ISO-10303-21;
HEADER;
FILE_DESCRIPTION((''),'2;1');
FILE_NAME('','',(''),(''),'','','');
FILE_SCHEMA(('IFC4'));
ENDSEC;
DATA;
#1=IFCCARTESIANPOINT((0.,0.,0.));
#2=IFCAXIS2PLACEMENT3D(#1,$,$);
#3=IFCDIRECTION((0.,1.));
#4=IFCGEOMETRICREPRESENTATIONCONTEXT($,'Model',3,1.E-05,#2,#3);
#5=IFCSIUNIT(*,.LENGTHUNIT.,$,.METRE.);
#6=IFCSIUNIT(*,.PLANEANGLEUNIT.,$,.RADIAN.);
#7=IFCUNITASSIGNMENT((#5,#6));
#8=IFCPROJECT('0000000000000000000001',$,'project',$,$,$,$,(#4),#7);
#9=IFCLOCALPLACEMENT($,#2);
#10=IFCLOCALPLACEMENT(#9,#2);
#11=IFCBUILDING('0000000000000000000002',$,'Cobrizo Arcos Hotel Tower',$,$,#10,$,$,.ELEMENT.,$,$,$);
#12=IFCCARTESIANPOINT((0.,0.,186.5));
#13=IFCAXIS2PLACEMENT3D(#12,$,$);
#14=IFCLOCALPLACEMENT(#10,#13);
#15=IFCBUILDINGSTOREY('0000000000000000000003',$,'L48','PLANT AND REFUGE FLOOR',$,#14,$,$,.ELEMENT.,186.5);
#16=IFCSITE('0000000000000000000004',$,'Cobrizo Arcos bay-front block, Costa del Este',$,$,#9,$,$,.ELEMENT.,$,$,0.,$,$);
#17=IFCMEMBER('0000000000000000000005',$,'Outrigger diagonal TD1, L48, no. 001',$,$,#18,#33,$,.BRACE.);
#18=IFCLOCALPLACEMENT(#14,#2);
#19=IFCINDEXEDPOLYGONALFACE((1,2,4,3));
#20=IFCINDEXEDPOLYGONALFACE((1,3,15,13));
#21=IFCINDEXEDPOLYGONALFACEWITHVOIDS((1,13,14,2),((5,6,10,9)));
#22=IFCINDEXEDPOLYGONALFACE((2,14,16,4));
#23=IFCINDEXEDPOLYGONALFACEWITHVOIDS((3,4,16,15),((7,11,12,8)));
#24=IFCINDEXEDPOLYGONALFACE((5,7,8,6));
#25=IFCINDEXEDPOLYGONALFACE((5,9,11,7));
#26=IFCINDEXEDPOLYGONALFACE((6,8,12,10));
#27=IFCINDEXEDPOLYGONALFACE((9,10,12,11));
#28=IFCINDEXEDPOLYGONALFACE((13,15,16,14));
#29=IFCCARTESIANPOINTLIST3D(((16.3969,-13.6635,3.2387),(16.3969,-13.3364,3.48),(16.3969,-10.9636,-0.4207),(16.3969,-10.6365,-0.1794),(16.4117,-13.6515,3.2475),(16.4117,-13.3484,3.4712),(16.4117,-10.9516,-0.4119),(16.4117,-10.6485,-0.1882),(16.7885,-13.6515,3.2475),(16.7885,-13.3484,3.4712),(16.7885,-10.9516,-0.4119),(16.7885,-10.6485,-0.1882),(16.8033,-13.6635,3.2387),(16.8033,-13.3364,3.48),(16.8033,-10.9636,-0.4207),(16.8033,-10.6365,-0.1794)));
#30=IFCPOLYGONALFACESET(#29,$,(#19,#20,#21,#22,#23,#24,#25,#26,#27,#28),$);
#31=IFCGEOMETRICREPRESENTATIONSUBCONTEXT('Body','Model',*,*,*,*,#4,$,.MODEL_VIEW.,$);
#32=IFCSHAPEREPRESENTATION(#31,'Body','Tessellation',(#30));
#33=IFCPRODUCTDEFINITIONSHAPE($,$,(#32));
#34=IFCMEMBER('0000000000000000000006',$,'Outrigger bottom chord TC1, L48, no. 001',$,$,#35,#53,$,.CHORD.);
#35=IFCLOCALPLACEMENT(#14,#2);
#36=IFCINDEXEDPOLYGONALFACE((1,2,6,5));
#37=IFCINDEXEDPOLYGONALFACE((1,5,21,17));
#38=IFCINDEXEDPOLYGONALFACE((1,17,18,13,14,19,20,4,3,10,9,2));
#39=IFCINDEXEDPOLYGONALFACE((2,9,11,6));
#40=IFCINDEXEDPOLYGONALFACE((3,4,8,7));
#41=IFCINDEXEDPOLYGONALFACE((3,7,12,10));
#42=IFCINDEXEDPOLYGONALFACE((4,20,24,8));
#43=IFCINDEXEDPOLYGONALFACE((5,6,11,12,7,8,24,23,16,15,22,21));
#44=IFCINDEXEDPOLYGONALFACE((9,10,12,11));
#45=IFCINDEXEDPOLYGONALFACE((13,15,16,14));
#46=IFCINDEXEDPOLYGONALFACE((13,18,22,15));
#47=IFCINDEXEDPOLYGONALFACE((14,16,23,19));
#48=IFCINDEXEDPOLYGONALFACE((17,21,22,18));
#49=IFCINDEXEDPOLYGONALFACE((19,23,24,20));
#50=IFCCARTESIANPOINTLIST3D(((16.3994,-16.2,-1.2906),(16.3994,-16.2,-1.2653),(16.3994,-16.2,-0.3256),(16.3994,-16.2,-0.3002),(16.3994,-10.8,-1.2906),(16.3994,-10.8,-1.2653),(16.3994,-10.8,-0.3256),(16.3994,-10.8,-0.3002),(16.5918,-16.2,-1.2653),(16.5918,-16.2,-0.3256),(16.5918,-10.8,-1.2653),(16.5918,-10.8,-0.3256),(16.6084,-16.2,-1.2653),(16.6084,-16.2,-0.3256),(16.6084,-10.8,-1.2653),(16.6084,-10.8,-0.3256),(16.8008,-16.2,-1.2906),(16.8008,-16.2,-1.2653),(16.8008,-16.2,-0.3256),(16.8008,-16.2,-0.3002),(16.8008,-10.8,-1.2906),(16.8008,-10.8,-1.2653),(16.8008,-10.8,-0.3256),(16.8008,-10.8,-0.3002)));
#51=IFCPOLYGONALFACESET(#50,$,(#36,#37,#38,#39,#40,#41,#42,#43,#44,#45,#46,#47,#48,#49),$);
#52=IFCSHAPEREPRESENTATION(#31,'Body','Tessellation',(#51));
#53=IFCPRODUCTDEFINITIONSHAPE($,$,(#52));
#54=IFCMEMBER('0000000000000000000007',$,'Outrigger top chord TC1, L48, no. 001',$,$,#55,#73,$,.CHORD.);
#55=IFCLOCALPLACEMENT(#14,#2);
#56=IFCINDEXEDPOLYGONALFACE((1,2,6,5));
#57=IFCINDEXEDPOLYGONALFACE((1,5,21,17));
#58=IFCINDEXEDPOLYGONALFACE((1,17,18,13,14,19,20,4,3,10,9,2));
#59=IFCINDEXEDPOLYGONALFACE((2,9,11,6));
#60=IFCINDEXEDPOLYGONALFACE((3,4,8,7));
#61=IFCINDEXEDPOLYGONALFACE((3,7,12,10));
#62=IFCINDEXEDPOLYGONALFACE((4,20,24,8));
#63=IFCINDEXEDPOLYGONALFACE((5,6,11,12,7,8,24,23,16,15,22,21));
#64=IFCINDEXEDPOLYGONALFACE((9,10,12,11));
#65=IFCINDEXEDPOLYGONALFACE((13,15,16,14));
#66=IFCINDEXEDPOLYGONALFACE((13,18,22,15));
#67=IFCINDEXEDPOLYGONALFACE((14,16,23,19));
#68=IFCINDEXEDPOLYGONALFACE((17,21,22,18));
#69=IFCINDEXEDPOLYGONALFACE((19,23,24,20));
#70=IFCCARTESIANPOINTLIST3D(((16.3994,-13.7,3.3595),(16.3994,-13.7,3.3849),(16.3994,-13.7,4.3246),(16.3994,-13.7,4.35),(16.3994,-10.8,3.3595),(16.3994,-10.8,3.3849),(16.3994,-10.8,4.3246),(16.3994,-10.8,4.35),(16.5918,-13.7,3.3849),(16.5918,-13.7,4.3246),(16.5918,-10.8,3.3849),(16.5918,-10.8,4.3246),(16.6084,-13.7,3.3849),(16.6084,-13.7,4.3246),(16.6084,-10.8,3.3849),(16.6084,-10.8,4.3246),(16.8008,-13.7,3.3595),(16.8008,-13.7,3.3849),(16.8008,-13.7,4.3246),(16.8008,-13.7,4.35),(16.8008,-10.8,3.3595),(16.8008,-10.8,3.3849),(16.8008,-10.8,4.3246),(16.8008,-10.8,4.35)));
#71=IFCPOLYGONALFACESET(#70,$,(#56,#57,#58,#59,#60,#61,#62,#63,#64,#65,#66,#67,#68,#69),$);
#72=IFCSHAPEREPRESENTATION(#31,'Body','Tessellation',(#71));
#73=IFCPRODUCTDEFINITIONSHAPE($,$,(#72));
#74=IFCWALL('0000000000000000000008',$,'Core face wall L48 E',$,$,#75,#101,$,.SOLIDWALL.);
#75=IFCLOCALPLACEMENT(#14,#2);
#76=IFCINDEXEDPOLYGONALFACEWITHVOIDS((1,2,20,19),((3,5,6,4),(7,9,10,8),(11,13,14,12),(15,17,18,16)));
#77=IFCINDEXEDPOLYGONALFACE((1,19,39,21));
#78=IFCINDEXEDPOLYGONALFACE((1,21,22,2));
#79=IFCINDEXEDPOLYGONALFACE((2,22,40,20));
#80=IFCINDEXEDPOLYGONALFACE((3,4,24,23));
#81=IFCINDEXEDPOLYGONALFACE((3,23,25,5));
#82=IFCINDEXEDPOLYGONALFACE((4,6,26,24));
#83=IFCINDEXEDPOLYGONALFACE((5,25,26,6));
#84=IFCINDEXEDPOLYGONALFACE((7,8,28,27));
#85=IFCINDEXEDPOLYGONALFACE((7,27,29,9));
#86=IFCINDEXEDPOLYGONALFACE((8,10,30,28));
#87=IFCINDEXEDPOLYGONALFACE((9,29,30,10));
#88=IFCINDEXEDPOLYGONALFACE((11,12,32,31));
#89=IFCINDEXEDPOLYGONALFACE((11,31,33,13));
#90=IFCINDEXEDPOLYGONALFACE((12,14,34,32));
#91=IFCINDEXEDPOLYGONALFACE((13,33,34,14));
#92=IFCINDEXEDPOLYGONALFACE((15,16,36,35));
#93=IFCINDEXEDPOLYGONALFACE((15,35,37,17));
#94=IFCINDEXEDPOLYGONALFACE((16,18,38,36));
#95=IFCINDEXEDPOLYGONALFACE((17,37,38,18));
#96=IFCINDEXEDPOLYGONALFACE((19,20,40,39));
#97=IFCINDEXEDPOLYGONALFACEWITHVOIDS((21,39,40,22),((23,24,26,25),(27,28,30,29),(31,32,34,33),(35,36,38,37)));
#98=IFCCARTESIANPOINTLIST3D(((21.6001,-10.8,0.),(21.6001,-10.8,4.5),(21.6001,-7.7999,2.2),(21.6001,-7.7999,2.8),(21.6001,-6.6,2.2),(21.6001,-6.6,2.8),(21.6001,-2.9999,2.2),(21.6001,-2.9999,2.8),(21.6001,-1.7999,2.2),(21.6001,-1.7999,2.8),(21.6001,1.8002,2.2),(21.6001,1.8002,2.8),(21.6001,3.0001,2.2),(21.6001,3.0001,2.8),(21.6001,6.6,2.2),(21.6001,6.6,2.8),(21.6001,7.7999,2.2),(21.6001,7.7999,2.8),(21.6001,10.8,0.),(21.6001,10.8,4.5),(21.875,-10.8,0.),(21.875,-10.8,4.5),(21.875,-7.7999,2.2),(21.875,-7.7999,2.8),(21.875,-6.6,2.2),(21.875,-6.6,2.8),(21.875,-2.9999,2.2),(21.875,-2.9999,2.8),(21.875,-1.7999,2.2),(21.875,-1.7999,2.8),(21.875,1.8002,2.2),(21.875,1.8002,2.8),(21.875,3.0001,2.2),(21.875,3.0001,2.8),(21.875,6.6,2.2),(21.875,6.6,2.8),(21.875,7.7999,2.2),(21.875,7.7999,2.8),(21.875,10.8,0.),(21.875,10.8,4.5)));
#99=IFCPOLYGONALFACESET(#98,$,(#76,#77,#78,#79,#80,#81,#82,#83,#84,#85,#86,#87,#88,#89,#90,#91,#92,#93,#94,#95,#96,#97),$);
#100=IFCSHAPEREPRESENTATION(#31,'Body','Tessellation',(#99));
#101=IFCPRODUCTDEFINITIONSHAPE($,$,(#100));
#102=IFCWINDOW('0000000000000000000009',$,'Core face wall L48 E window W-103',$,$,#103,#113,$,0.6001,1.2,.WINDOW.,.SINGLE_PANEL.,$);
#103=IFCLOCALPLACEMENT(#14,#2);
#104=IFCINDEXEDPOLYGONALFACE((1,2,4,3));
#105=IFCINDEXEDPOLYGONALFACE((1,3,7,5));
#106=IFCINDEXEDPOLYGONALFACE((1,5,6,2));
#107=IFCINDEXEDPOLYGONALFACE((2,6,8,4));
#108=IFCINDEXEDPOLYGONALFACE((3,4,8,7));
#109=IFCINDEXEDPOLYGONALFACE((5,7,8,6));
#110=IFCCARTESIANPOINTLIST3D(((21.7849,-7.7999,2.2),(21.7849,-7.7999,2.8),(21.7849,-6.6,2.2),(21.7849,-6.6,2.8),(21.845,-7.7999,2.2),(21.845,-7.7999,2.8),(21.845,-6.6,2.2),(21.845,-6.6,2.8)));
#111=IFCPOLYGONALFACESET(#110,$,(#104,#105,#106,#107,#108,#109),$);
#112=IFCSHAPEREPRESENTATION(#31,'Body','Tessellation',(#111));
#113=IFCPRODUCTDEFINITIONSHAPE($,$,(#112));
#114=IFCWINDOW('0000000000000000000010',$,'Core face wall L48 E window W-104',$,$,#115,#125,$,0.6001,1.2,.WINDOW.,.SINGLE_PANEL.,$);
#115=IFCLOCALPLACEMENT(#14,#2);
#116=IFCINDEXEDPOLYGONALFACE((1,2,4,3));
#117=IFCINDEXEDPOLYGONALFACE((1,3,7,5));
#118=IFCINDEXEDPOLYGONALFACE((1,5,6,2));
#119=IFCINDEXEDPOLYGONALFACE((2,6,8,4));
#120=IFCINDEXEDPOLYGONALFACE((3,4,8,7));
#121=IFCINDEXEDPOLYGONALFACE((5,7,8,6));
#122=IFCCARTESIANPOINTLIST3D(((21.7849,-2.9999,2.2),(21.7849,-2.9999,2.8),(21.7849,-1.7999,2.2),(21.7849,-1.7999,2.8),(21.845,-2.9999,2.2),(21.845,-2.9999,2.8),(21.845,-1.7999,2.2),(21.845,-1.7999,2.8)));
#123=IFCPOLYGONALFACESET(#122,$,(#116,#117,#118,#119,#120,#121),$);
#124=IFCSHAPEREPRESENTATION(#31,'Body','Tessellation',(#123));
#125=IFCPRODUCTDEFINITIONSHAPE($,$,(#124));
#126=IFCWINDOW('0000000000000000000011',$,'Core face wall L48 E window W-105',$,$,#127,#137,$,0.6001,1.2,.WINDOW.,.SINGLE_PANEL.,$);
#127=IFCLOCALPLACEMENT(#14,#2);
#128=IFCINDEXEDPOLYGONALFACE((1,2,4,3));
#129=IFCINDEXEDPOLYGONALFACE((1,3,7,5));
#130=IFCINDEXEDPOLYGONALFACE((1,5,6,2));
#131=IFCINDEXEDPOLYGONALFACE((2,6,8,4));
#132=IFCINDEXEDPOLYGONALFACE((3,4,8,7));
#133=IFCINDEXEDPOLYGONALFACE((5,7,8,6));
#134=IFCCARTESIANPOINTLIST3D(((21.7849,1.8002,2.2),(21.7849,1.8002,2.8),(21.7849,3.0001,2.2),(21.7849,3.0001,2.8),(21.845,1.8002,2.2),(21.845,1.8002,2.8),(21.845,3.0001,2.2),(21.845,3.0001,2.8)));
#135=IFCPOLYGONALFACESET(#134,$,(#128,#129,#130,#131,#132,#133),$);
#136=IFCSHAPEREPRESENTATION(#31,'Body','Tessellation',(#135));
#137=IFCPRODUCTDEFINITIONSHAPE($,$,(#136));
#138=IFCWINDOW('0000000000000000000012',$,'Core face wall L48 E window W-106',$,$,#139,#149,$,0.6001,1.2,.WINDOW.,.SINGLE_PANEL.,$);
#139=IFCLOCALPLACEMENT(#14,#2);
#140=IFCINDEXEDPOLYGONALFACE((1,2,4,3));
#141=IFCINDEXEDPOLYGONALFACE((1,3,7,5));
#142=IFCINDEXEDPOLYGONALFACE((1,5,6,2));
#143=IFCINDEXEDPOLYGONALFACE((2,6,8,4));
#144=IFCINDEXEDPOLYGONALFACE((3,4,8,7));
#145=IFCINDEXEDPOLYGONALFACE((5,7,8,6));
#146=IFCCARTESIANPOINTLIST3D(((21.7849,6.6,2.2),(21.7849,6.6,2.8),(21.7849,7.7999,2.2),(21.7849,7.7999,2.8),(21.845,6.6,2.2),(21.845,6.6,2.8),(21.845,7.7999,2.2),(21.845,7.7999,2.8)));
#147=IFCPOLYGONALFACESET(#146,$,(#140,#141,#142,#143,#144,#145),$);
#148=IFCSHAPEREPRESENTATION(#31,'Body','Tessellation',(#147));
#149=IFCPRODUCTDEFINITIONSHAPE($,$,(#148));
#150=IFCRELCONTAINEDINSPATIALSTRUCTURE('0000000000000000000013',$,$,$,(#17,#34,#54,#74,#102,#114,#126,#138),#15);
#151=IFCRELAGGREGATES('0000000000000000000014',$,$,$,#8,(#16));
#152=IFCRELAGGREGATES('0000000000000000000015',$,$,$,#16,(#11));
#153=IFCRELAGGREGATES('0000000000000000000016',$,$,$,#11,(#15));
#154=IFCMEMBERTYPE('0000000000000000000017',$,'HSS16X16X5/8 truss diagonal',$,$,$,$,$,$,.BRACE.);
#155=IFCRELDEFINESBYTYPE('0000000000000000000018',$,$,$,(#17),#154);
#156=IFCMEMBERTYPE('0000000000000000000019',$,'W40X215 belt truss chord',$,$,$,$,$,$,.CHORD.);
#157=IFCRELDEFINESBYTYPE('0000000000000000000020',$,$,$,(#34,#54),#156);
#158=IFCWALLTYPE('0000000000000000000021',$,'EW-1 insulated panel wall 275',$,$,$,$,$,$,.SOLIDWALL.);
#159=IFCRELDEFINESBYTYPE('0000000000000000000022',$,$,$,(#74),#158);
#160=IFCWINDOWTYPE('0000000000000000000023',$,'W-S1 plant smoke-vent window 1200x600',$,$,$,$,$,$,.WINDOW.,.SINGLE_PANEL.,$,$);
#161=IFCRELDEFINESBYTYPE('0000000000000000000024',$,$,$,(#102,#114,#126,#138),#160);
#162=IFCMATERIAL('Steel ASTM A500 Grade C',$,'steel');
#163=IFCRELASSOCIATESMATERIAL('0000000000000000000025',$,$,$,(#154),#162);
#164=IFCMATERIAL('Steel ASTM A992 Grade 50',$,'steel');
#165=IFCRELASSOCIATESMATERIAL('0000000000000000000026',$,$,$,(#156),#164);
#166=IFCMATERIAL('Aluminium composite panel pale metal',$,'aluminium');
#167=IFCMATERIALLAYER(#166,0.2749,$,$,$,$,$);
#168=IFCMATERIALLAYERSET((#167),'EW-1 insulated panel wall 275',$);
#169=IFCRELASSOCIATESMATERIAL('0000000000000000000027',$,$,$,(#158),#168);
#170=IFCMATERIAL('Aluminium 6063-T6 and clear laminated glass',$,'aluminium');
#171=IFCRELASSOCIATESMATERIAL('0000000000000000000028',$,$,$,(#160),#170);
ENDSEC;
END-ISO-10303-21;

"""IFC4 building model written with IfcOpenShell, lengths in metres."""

from ifc_helpers import new_model, si_unit, direction, frame, frame_2d, origin, origin_2d, place, context, subcontext, project, spatial, rectangle, hollow_rectangle, i_section, extrude, material, layer, layer_set, material_profile, profile_set, type_object, element, fill, save


model = new_model("IFC4")

# Units and contexts
model_context = context("Model", 3, precision=1e-05, world=origin(), true_north=direction((0.0, 1.0)))
body_context = subcontext(model_context, "Body", "Model", "MODEL_VIEW")
ifc_project = project(units=[si_unit("LENGTHUNIT", "METRE"), si_unit("PLANEANGLEUNIT", "RADIAN")], contexts=[model_context])

# Site, building, storey
site_placement = place(None, origin())
site = spatial("IfcSite", under=ifc_project, at=site_placement, Name="Cobrizo Arcos bay-front block, Costa del Este", CompositionType="ELEMENT", RefElevation=0.0)
building_placement = place(site_placement, origin())
building = spatial("IfcBuilding", under=site, at=building_placement, Name="Cobrizo Arcos Hotel Tower", CompositionType="ELEMENT")
storey_placement = place(building_placement, frame((0.0, 0.0, 186.5)))
storey = spatial("IfcBuildingStorey", under=building, at=storey_placement, Name="L48", Description="PLANT AND REFUGE FLOOR", CompositionType="ELEMENT", Elevation=186.5)

# Members
ifc_material_1 = material(Name="Steel ASTM A500 Grade C", Category="steel")
ifc_material_profile_1 = material_profile(ifc_material_1, hollow_rectangle(XDim=0.4065, YDim=0.4065, WallThickness=0.0149, at=origin_2d()), Name="HSS16X16X5/8")
ifc_profile_set_1 = profile_set([ifc_material_profile_1], Name="Steel ASTM A500 Grade C")
member_type_1 = type_object("IfcMemberType", Name="HSS16X16X5/8 truss diagonal", PredefinedType="BRACE", material=ifc_profile_set_1)
member_1_placement = place(storey_placement, frame((16.6001, -10.8, -0.3), z_axis=(0.0, -0.593703, 0.804685), x_axis=(1.0, 0.0, 0.0)))
element("IfcMember", 1, at=member_1_placement, inside=storey, type_object=member_type_1, Name="Outrigger diagonal TD1, L48, no. 001", PredefinedType="BRACE", context=body_context, shape_type="SweptSolid", body=[
    extrude(hollow_rectangle(XDim=0.4065, YDim=0.4065, WallThickness=0.0149, at=origin_2d()), origin(), (0.0, 0.0, 1.0), 4.5476),
])
ifc_material_2 = material(Name="Steel ASTM A992 Grade 50", Category="steel")
ifc_material_profile_2 = material_profile(ifc_material_2, i_section(OverallWidth=0.4014, OverallDepth=0.9905, WebThickness=0.0166, FlangeThickness=0.0254, at=origin_2d()), Name="W40X215")
ifc_profile_set_2 = profile_set([ifc_material_profile_2], Name="Steel ASTM A992 Grade 50")
member_type_2 = type_object("IfcMemberType", Name="W40X215 belt truss chord", PredefinedType="CHORD", material=ifc_profile_set_2)
member_2_placement = place(storey_placement, frame((16.6001, -10.8, -0.7954), z_axis=(0.0, -1.0, 0.0), x_axis=(1.0, 0.0, 0.0)))
element("IfcMember", 2, at=member_2_placement, inside=storey, type_object=member_type_2, Name="Outrigger bottom chord TC1, L48, no. 001", PredefinedType="CHORD", context=body_context, shape_type="SweptSolid", body=[
    extrude(i_section(OverallWidth=0.4014, OverallDepth=0.9905, WebThickness=0.0166, FlangeThickness=0.0254, at=origin_2d()), origin(), (0.0, 0.0, 1.0), 5.3999),
])
member_3_placement = place(storey_placement, frame((16.6001, -10.8, 3.8547), z_axis=(0.0, -1.0, 0.0), x_axis=(1.0, 0.0, 0.0)))
element("IfcMember", 3, at=member_3_placement, inside=storey, type_object=member_type_2, Name="Outrigger top chord TC1, L48, no. 001", PredefinedType="CHORD", context=body_context, shape_type="SweptSolid", body=[
    extrude(i_section(OverallWidth=0.4014, OverallDepth=0.9905, WebThickness=0.0166, FlangeThickness=0.0254, at=origin_2d()), origin(), (0.0, 0.0, 1.0), 2.8999),
])

# Wall, openings, windows
ifc_material_3 = material(Name="Aluminium composite panel pale metal", Category="aluminium")
ifc_layer_1 = layer(ifc_material_3, 0.2749)
ifc_layer_set_1 = layer_set([ifc_layer_1], Name="EW-1 insulated panel wall 275")
wall_type_1 = type_object("IfcWallType", Name="EW-1 insulated panel wall 275", PredefinedType="SOLIDWALL", material=ifc_layer_set_1)
wall_1_placement = place(storey_placement, frame((21.7375, -10.8, 0.0), z_axis=(0.0, 0.0, 1.0), x_axis=(0.0, 1.0, 0.0)))
wall_1 = element("IfcWall", 4, at=wall_1_placement, inside=storey, type_object=wall_type_1, Name="Core face wall L48 E", PredefinedType="SOLIDWALL", context=body_context, shape_type="SweptSolid", body=[
    extrude(rectangle(XDim=21.6001, YDim=0.2749, at=frame_2d((10.8, 0.0))), origin(), (0.0, 0.0, 1.0), 4.5),
])
opening_1_placement = place(wall_1_placement, frame((3.0, 0.0, 2.2)))
opening_1 = element("IfcOpeningElement", 5, at=opening_1_placement, cuts=wall_1, PredefinedType="OPENING", context=body_context, shape_type="SweptSolid", body=[
    extrude(rectangle(XDim=1.2, YDim=0.6001, at=frame_2d((0.6001, 0.3))), frame((0.0, 0.1494, 0.0), z_axis=(0.0, -1.0, 0.0), x_axis=(1.0, 0.0, 0.0)), (0.0, 0.0, 1.0), 0.2988),
])
opening_2_placement = place(wall_1_placement, frame((7.8, 0.0, 2.2)))
opening_2 = element("IfcOpeningElement", 6, at=opening_2_placement, cuts=wall_1, PredefinedType="OPENING", context=body_context, shape_type="SweptSolid", body=[
    extrude(rectangle(XDim=1.2, YDim=0.6001, at=frame_2d((0.6001, 0.3))), frame((0.0, 0.1494, 0.0), z_axis=(0.0, -1.0, 0.0), x_axis=(1.0, 0.0, 0.0)), (0.0, 0.0, 1.0), 0.2988),
])
opening_3_placement = place(wall_1_placement, frame((12.6001, 0.0, 2.2)))
opening_3 = element("IfcOpeningElement", 7, at=opening_3_placement, cuts=wall_1, PredefinedType="OPENING", context=body_context, shape_type="SweptSolid", body=[
    extrude(rectangle(XDim=1.2, YDim=0.6001, at=frame_2d((0.6001, 0.3))), frame((0.0, 0.1494, 0.0), z_axis=(0.0, -1.0, 0.0), x_axis=(1.0, 0.0, 0.0)), (0.0, 0.0, 1.0), 0.2988),
])
opening_4_placement = place(wall_1_placement, frame((17.3999, 0.0, 2.2)))
opening_4 = element("IfcOpeningElement", 8, at=opening_4_placement, cuts=wall_1, PredefinedType="OPENING", context=body_context, shape_type="SweptSolid", body=[
    extrude(rectangle(XDim=1.2, YDim=0.6001, at=frame_2d((0.6001, 0.3))), frame((0.0, 0.1494, 0.0), z_axis=(0.0, -1.0, 0.0), x_axis=(1.0, 0.0, 0.0)), (0.0, 0.0, 1.0), 0.2988),
])
ifc_material_4 = material(Name="Aluminium 6063-T6 and clear laminated glass", Category="aluminium")
window_type = type_object("IfcWindowType", Name="W-S1 plant smoke-vent window 1200x600", PartitioningType="SINGLE_PANEL", PredefinedType="WINDOW", material=ifc_material_4)
window_1_placement = place(opening_1_placement, origin())
window_1 = element("IfcWindow", 9, at=window_1_placement, inside=storey, type_object=window_type, Name="Core face wall L48 E window W-103", OverallHeight=0.6001, OverallWidth=1.2, PartitioningType="SINGLE_PANEL", PredefinedType="WINDOW", context=body_context, shape_type="SweptSolid", body=[
    extrude(rectangle(XDim=1.2, YDim=0.6001, at=frame_2d((0.6001, 0.3))), frame((0.0, -0.0474, 0.0), z_axis=(0.0, -1.0, 0.0), x_axis=(1.0, 0.0, 0.0)), (0.0, 0.0, 1.0), 0.0601),
])
fill(opening_1, window_1)
window_2_placement = place(opening_2_placement, origin())
window_2 = element("IfcWindow", 10, at=window_2_placement, inside=storey, type_object=window_type, Name="Core face wall L48 E window W-104", OverallHeight=0.6001, OverallWidth=1.2, PartitioningType="SINGLE_PANEL", PredefinedType="WINDOW", context=body_context, shape_type="SweptSolid", body=[
    extrude(rectangle(XDim=1.2, YDim=0.6001, at=frame_2d((0.6001, 0.3))), frame((0.0, -0.0474, 0.0), z_axis=(0.0, -1.0, 0.0), x_axis=(1.0, 0.0, 0.0)), (0.0, 0.0, 1.0), 0.0601),
])
fill(opening_2, window_2)
window_3_placement = place(opening_3_placement, origin())
window_3 = element("IfcWindow", 11, at=window_3_placement, inside=storey, type_object=window_type, Name="Core face wall L48 E window W-105", OverallHeight=0.6001, OverallWidth=1.2, PartitioningType="SINGLE_PANEL", PredefinedType="WINDOW", context=body_context, shape_type="SweptSolid", body=[
    extrude(rectangle(XDim=1.2, YDim=0.6001, at=frame_2d((0.6001, 0.3))), frame((0.0, -0.0474, 0.0), z_axis=(0.0, -1.0, 0.0), x_axis=(1.0, 0.0, 0.0)), (0.0, 0.0, 1.0), 0.0601),
])
fill(opening_3, window_3)
window_4_placement = place(opening_4_placement, origin())
window_4 = element("IfcWindow", 12, at=window_4_placement, inside=storey, type_object=window_type, Name="Core face wall L48 E window W-106", OverallHeight=0.6001, OverallWidth=1.2, PartitioningType="SINGLE_PANEL", PredefinedType="WINDOW", context=body_context, shape_type="SweptSolid", body=[
    extrude(rectangle(XDim=1.2, YDim=0.6001, at=frame_2d((0.6001, 0.3))), frame((0.0, -0.0474, 0.0), z_axis=(0.0, -1.0, 0.0), x_axis=(1.0, 0.0, 0.0)), (0.0, 0.0, 1.0), 0.0601),
])
fill(opening_4, window_4)

save(model, "model.ifc")
